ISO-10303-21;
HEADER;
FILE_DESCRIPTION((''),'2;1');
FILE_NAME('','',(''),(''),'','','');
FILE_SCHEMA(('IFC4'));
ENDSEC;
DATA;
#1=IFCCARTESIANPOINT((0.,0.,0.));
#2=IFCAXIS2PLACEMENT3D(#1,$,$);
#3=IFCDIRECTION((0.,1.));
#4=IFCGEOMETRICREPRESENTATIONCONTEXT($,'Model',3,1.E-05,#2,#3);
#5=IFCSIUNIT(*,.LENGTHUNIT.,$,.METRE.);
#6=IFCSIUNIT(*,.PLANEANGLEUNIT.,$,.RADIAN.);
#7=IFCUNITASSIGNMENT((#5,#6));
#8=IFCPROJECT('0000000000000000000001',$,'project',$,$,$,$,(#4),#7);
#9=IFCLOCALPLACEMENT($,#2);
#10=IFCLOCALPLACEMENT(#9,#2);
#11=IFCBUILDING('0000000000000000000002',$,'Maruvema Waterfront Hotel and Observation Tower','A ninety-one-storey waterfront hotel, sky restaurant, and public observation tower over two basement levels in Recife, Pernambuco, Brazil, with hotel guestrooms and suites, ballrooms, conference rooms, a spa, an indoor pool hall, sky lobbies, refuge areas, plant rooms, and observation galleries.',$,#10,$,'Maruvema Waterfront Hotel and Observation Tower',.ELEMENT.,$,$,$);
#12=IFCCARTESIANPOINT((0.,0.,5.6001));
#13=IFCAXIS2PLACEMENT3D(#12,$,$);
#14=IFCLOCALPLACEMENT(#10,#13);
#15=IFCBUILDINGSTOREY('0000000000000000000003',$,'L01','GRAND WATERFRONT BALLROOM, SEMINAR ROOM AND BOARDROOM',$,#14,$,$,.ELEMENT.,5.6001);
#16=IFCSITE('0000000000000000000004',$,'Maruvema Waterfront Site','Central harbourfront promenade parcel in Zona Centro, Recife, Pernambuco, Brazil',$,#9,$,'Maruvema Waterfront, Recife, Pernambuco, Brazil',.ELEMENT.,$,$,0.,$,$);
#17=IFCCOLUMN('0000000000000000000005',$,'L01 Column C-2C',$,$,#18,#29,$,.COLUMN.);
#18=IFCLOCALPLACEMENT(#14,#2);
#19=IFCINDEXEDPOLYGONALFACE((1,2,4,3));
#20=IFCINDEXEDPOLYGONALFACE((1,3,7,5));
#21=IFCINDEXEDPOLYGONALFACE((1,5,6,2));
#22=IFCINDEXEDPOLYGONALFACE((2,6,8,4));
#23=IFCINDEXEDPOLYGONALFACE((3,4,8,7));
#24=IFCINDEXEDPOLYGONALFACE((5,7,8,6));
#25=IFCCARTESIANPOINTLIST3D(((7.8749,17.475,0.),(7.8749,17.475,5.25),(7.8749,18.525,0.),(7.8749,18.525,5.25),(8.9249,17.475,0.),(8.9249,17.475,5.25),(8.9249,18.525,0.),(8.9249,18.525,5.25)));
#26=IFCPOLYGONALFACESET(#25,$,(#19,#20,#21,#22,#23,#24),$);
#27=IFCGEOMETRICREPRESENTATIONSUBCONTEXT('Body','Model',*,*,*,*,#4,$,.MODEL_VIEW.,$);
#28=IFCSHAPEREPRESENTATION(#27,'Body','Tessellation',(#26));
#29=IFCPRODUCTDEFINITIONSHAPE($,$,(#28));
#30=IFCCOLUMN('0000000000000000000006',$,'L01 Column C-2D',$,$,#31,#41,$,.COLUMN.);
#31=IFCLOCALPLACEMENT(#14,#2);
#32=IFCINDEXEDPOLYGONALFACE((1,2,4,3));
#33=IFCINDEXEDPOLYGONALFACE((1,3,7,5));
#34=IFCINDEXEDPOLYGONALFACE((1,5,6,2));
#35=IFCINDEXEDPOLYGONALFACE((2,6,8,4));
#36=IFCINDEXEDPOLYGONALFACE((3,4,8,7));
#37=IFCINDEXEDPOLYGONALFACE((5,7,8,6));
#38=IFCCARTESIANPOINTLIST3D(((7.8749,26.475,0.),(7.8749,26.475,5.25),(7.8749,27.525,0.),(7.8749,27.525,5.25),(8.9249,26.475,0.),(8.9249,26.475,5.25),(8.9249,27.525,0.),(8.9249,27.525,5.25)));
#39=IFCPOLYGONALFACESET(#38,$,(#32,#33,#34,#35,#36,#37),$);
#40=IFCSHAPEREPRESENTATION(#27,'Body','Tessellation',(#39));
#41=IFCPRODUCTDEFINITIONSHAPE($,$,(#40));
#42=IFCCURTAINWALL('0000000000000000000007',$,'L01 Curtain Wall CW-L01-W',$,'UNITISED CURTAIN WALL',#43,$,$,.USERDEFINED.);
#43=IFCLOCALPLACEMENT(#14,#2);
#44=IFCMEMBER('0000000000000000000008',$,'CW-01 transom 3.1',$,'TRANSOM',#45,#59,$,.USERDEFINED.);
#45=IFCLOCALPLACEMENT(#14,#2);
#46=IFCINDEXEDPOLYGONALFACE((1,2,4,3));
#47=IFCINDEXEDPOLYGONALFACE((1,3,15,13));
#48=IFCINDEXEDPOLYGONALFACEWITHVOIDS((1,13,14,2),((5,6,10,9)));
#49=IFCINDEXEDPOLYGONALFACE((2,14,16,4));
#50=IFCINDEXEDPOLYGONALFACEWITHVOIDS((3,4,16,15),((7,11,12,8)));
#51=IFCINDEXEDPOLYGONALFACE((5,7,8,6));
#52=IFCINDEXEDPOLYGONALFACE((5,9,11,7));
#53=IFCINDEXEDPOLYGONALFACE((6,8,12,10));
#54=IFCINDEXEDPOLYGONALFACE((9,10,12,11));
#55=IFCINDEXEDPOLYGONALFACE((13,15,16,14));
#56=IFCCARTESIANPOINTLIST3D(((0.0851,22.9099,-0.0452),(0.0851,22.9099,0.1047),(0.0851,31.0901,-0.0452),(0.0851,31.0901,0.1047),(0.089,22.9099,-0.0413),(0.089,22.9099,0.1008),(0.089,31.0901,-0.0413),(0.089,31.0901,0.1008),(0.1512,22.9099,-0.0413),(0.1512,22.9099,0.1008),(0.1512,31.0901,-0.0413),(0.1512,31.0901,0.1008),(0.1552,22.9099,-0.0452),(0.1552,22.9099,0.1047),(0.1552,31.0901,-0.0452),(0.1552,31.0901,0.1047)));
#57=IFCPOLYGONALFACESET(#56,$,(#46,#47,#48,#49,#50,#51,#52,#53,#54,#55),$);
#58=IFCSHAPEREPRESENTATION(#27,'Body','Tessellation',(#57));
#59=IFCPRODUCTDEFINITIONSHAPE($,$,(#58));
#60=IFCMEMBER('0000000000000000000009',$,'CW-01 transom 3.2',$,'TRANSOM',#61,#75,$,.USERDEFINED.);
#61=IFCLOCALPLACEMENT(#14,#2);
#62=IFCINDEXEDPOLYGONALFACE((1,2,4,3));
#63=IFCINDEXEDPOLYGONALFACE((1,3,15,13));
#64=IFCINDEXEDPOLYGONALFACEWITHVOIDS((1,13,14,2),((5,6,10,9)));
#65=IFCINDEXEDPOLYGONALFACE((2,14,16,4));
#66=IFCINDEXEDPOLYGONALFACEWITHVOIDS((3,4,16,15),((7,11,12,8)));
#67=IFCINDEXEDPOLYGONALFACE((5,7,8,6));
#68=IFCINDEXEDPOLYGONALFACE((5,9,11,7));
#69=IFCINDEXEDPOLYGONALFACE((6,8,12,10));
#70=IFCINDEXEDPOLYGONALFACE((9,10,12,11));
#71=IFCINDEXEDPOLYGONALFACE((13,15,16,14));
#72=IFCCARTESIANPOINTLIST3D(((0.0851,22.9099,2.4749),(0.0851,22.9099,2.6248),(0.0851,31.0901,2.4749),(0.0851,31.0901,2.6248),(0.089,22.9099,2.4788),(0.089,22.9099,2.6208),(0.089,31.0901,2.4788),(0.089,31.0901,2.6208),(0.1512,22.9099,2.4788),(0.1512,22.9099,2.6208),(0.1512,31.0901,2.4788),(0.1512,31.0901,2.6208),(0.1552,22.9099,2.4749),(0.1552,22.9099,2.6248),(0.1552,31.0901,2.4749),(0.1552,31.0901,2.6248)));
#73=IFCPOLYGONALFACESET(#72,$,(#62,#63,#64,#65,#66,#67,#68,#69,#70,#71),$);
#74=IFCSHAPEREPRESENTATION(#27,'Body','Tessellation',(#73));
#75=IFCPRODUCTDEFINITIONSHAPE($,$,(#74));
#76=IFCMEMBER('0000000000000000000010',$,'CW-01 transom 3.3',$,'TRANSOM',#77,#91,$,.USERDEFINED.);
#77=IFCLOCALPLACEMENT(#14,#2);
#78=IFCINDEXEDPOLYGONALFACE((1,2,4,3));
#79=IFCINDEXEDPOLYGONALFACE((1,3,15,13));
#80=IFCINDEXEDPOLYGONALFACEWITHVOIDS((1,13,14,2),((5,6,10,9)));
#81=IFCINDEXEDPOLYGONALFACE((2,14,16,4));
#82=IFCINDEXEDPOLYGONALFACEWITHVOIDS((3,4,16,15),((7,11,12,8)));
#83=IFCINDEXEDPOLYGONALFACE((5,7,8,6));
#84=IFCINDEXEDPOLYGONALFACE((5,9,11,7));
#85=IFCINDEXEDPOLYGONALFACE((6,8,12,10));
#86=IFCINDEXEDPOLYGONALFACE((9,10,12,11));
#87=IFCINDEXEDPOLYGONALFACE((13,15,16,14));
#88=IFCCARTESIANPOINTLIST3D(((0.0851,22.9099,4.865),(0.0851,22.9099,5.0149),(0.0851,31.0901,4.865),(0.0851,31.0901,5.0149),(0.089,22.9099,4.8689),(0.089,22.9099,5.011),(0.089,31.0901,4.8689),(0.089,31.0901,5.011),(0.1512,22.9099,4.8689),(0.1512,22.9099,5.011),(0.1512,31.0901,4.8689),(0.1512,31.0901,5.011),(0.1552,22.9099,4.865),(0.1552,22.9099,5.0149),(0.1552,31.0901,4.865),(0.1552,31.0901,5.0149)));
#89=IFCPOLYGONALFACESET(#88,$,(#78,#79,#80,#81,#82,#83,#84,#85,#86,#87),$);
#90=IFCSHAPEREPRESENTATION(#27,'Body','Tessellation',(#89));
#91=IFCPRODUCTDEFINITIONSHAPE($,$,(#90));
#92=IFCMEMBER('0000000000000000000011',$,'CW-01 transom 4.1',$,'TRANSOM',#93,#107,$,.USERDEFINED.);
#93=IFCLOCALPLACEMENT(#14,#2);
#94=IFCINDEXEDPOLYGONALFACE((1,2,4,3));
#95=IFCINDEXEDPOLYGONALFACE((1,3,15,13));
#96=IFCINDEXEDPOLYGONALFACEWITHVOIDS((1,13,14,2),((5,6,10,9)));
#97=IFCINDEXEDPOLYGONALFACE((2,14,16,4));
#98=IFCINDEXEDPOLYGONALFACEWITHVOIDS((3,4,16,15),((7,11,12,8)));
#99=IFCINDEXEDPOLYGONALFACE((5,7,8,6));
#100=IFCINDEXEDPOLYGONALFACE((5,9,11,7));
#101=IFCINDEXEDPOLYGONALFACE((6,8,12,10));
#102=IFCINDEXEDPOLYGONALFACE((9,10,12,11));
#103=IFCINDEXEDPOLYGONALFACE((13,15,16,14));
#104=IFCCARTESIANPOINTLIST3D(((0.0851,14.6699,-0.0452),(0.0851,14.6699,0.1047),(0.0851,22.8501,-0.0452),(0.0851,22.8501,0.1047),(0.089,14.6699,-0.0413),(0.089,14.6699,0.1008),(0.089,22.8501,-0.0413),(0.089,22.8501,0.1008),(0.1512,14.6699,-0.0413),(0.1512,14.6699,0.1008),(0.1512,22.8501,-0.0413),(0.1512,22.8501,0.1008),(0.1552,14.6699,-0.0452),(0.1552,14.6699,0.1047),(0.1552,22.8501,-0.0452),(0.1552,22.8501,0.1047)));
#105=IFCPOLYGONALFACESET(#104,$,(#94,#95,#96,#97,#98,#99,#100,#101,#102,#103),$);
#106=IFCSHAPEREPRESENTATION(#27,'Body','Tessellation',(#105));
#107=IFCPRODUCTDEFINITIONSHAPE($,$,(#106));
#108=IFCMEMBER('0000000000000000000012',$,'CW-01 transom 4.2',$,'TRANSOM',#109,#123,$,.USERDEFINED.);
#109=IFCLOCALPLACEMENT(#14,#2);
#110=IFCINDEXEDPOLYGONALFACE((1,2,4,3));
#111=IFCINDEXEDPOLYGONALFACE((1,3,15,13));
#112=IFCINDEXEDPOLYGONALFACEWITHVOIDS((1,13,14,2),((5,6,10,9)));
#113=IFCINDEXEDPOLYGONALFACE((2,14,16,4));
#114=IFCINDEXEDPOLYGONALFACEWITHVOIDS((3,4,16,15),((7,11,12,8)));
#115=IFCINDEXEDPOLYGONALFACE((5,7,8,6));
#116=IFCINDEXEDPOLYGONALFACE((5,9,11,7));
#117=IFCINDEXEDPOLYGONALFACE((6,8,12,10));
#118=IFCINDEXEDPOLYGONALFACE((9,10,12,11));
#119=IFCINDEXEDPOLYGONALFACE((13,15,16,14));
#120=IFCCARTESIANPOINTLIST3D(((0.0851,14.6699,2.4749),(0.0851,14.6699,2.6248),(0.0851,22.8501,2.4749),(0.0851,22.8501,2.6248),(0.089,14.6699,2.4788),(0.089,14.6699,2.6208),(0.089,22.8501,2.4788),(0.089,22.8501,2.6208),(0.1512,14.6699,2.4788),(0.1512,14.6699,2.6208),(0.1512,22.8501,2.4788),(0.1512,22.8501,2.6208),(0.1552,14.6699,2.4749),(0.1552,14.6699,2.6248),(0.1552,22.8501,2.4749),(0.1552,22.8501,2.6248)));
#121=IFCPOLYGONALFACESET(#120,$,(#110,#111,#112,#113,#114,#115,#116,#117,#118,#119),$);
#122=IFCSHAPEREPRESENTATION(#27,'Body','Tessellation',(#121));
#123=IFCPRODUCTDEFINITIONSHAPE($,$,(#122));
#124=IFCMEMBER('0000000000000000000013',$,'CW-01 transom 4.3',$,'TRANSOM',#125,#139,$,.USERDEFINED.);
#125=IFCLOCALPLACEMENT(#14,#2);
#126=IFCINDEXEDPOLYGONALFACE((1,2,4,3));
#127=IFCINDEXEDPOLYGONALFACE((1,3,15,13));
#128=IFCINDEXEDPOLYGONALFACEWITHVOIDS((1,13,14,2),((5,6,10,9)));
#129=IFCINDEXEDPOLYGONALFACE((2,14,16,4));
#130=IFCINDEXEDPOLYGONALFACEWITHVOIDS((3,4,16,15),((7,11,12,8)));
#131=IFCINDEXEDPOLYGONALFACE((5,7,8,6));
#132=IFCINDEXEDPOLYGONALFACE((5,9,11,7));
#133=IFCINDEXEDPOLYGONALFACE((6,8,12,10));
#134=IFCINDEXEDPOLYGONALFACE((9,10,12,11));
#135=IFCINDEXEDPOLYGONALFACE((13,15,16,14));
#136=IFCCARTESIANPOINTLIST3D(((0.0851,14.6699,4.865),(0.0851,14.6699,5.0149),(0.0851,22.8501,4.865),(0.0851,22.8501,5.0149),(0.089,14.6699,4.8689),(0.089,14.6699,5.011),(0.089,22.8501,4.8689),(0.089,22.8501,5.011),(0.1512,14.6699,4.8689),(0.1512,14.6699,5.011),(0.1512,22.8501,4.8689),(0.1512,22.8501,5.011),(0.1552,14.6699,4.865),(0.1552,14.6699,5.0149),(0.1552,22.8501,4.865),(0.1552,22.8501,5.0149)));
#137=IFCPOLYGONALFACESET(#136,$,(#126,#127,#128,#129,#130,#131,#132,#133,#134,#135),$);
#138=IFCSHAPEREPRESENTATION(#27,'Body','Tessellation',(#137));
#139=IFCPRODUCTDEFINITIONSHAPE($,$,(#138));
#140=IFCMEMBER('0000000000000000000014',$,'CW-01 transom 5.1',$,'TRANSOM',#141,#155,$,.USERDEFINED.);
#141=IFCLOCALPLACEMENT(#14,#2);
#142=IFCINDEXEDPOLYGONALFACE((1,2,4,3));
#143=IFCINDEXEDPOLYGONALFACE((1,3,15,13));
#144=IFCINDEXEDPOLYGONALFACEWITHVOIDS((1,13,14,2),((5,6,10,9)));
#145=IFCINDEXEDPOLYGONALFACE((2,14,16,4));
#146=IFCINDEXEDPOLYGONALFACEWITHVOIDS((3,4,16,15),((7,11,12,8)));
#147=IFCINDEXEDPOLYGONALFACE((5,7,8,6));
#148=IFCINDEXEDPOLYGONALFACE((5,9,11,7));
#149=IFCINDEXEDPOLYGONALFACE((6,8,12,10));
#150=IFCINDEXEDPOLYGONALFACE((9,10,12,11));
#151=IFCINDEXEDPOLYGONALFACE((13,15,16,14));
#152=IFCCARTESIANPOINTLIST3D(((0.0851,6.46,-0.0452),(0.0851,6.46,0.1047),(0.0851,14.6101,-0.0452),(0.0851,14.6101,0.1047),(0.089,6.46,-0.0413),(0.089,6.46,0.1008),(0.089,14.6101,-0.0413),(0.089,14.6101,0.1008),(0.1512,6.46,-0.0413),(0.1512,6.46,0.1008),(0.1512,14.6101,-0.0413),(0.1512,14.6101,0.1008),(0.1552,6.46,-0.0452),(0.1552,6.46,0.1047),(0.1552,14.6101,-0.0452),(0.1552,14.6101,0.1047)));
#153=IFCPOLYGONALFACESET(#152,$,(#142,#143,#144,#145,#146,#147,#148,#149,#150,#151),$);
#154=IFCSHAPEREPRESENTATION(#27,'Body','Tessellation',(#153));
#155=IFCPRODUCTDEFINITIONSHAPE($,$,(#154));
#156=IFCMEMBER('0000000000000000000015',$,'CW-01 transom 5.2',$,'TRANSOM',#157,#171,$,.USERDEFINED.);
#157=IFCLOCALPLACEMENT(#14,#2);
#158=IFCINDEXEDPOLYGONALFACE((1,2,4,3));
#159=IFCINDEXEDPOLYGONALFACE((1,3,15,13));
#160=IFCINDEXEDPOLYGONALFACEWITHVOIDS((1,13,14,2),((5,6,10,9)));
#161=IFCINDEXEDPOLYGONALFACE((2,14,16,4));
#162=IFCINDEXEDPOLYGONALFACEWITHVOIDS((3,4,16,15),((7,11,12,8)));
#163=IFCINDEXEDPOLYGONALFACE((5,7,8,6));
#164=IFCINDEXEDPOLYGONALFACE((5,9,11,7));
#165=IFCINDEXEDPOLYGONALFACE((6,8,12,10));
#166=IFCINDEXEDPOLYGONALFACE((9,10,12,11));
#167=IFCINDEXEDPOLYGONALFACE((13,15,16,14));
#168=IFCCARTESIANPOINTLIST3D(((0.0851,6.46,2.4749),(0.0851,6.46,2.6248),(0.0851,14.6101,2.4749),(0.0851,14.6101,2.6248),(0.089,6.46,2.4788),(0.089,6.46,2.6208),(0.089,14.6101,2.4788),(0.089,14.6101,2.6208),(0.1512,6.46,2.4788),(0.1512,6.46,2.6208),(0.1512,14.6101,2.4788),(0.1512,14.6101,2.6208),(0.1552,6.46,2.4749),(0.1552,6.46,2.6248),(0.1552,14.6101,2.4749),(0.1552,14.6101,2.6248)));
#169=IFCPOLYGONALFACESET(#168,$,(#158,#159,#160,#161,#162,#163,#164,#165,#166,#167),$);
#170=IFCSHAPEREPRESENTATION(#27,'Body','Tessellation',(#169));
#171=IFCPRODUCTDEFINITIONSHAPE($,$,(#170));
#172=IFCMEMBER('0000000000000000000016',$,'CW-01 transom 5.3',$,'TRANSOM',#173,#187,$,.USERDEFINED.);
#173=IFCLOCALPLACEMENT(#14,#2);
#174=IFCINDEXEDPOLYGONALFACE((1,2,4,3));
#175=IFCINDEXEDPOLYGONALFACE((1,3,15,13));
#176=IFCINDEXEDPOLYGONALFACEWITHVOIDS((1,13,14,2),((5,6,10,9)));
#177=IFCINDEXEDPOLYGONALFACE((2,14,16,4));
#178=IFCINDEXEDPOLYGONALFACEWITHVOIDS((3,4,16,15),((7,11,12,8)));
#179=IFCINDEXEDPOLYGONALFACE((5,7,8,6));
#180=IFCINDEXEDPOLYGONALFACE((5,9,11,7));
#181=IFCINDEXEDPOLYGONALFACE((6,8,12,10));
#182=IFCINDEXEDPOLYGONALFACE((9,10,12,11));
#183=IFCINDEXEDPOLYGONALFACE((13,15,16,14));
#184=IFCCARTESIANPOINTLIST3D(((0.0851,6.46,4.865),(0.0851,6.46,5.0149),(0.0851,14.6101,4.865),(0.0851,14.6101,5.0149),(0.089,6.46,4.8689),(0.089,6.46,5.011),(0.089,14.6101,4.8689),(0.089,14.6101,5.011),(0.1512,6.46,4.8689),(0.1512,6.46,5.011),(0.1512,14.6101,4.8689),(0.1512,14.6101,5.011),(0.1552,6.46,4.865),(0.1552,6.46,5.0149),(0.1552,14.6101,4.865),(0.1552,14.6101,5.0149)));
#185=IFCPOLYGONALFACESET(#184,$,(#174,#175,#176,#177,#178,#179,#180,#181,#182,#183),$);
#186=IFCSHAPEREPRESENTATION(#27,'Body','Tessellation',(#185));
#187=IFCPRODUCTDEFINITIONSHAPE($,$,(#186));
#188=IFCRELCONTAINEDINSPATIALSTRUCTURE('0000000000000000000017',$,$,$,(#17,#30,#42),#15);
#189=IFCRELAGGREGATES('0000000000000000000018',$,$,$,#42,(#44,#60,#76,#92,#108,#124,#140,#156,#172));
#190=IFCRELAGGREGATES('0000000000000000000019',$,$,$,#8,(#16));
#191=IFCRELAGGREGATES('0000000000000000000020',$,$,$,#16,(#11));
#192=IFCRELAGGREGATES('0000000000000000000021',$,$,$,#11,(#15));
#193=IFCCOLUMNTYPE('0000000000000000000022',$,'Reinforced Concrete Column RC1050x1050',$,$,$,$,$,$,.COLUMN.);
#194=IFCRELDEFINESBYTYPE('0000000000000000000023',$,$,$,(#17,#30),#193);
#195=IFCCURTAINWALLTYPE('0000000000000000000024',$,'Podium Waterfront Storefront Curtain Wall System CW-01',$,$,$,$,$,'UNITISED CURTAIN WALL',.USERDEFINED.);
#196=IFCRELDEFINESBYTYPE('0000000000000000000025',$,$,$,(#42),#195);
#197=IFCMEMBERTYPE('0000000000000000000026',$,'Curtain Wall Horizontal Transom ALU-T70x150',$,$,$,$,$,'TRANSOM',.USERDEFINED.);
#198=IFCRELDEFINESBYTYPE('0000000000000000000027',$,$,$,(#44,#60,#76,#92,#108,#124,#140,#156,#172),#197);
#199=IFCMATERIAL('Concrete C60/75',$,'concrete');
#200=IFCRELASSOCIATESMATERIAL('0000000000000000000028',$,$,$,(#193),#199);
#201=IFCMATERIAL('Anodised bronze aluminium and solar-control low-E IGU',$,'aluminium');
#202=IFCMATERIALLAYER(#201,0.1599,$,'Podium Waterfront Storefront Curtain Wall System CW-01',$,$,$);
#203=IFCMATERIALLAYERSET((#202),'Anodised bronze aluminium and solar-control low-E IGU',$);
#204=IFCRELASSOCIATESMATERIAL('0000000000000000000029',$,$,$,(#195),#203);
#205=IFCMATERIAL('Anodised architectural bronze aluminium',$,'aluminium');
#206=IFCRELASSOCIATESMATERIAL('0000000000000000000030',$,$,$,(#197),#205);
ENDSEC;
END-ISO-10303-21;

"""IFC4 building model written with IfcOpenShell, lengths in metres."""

from ifc_helpers import new_model, si_unit, direction, frame, origin, origin_2d, place, context, subcontext, project, spatial, rectangle, hollow_rectangle, extrude, material, layer, layer_set, material_profile, profile_set, type_object, element, aggregate, save


model = new_model("IFC4")

# Units and contexts
model_context = context("Model", 3, precision=1e-05, world=origin(), true_north=direction((0.0, 1.0)))
body_context = subcontext(model_context, "Body", "Model", "MODEL_VIEW")
ifc_project = project(units=[si_unit("LENGTHUNIT", "METRE"), si_unit("PLANEANGLEUNIT", "RADIAN")], contexts=[model_context])

# Site, building, storey
site_placement = place(None, origin())
site = spatial("IfcSite", under=ifc_project, at=site_placement, Name="Maruvema Waterfront Site", Description="Central harbourfront promenade parcel in Zona Centro, Recife, Pernambuco, Brazil", LongName="Maruvema Waterfront, Recife, Pernambuco, Brazil", CompositionType="ELEMENT", RefElevation=0.0)
building_placement = place(site_placement, origin())
building = spatial("IfcBuilding", under=site, at=building_placement, Name="Maruvema Waterfront Hotel and Observation Tower", Description="A ninety-one-storey waterfront hotel, sky restaurant, and public observation tower over two basement levels in Recife, Pernambuco, Brazil, with hotel guestrooms and suites, ballrooms, conference rooms, a spa, an indoor pool hall, sky lobbies, refuge areas, plant rooms, and observation galleries.", LongName="Maruvema Waterfront Hotel and Observation Tower", CompositionType="ELEMENT")
storey_placement = place(building_placement, frame((0.0, 0.0, 5.6001)))
storey = spatial("IfcBuildingStorey", under=building, at=storey_placement, Name="L01", Description="GRAND WATERFRONT BALLROOM, SEMINAR ROOM AND BOARDROOM", CompositionType="ELEMENT", Elevation=5.6001)

# Columns
ifc_material_1 = material(Name="Concrete C60/75", Category="concrete")
ifc_material_profile_1 = material_profile(ifc_material_1, rectangle(XDim=1.05, YDim=1.05, at=origin_2d()), Name="RC1050x1050")
ifc_profile_set_1 = profile_set([ifc_material_profile_1], Name="Concrete C60/75")
column_type = type_object("IfcColumnType", Name="Reinforced Concrete Column RC1050x1050", PredefinedType="COLUMN", material=ifc_profile_set_1)
for number, where, z_axis, x_axis, name in (
    (1, (8.3999, 18.0, 0.0), (0.0, 0.0, 1.0), (1.0, 0.0, 0.0), "L01 Column C-2C"),
    (2, (8.3999, 27.0, 0.0), (0.0, 0.0, 1.0), (1.0, 0.0, 0.0), "L01 Column C-2D"),
):
    element("IfcColumn", number, at=place(storey_placement, frame(where, z_axis=z_axis, x_axis=x_axis)), inside=storey, type_object=column_type, Name=name, PredefinedType="COLUMN", context=body_context, shape_type="SweptSolid", body=[
        extrude(rectangle(XDim=1.05, YDim=1.05, at=origin_2d()), origin(), (0.0, 0.0, 1.0), 5.25),
    ])

# Curtain wall, members
ifc_material_2 = material(Name="Anodised bronze aluminium and solar-control low-E IGU", Category="aluminium")
ifc_layer_1 = layer(ifc_material_2, 0.1599, Name="Podium Waterfront Storefront Curtain Wall System CW-01")
ifc_layer_set_1 = layer_set([ifc_layer_1], Name="Anodised bronze aluminium and solar-control low-E IGU")
curtain_wall_type = type_object("IfcCurtainWallType", Name="Podium Waterfront Storefront Curtain Wall System CW-01", ElementType="UNITISED CURTAIN WALL", PredefinedType="USERDEFINED", material=ifc_layer_set_1)
curtain_wall_placement = place(storey_placement, origin())
curtain_wall = element("IfcCurtainWall", 3, at=curtain_wall_placement, inside=storey, type_object=curtain_wall_type, Name="L01 Curtain Wall CW-L01-W", ObjectType="UNITISED CURTAIN WALL", PredefinedType="USERDEFINED")
ifc_material_3 = material(Name="Anodised architectural bronze aluminium", Category="aluminium")
ifc_material_profile_2 = material_profile(ifc_material_3, hollow_rectangle(XDim=0.0701, YDim=0.1499, WallThickness=0.0039, at=origin_2d()), Name="ALU-T70x150")
ifc_profile_set_2 = profile_set([ifc_material_profile_2], Name="Anodised architectural bronze aluminium")
member_type_1 = type_object("IfcMemberType", Name="Curtain Wall Horizontal Transom ALU-T70x150", ElementType="TRANSOM", PredefinedType="USERDEFINED", material=ifc_profile_set_2)
member_1_placement = place(storey_placement, frame((0.1201, 31.0901, 0.0298), z_axis=(0.0, -1.0, 0.0), x_axis=(1.0, 0.0, 0.0)))
member_1 = element("IfcMember", 4, at=member_1_placement, type_object=member_type_1, Name="CW-01 transom 3.1", ObjectType="TRANSOM", PredefinedType="USERDEFINED", context=body_context, shape_type="SweptSolid", body=[
    extrude(hollow_rectangle(XDim=0.0701, YDim=0.1499, WallThickness=0.0039, at=origin_2d()), origin(), (0.0, 0.0, 1.0), 8.1802),
])
member_2_placement = place(storey_placement, frame((0.1201, 31.0901, 2.5498), z_axis=(0.0, -1.0, 0.0), x_axis=(1.0, 0.0, 0.0)))
member_2 = element("IfcMember", 5, at=member_2_placement, type_object=member_type_1, Name="CW-01 transom 3.2", ObjectType="TRANSOM", PredefinedType="USERDEFINED", context=body_context, shape_type="SweptSolid", body=[
    extrude(hollow_rectangle(XDim=0.0701, YDim=0.1499, WallThickness=0.0039, at=origin_2d()), origin(), (0.0, 0.0, 1.0), 8.1802),
])
member_3_placement = place(storey_placement, frame((0.1201, 31.0901, 4.9399), z_axis=(0.0, -1.0, 0.0), x_axis=(1.0, 0.0, 0.0)))
member_3 = element("IfcMember", 6, at=member_3_placement, type_object=member_type_1, Name="CW-01 transom 3.3", ObjectType="TRANSOM", PredefinedType="USERDEFINED", context=body_context, shape_type="SweptSolid", body=[
    extrude(hollow_rectangle(XDim=0.0701, YDim=0.1499, WallThickness=0.0039, at=origin_2d()), origin(), (0.0, 0.0, 1.0), 8.1802),
])
member_4_placement = place(storey_placement, frame((0.1201, 22.8501, 0.0298), z_axis=(0.0, -1.0, 0.0), x_axis=(1.0, 0.0, 0.0)))
member_4 = element("IfcMember", 7, at=member_4_placement, type_object=member_type_1, Name="CW-01 transom 4.1", ObjectType="TRANSOM", PredefinedType="USERDEFINED", context=body_context, shape_type="SweptSolid", body=[
    extrude(hollow_rectangle(XDim=0.0701, YDim=0.1499, WallThickness=0.0039, at=origin_2d()), origin(), (0.0, 0.0, 1.0), 8.1802),
])
member_5_placement = place(storey_placement, frame((0.1201, 22.8501, 2.5498), z_axis=(0.0, -1.0, 0.0), x_axis=(1.0, 0.0, 0.0)))
member_5 = element("IfcMember", 8, at=member_5_placement, type_object=member_type_1, Name="CW-01 transom 4.2", ObjectType="TRANSOM", PredefinedType="USERDEFINED", context=body_context, shape_type="SweptSolid", body=[
    extrude(hollow_rectangle(XDim=0.0701, YDim=0.1499, WallThickness=0.0039, at=origin_2d()), origin(), (0.0, 0.0, 1.0), 8.1802),
])
member_6_placement = place(storey_placement, frame((0.1201, 22.8501, 4.9399), z_axis=(0.0, -1.0, 0.0), x_axis=(1.0, 0.0, 0.0)))
member_6 = element("IfcMember", 9, at=member_6_placement, type_object=member_type_1, Name="CW-01 transom 4.3", ObjectType="TRANSOM", PredefinedType="USERDEFINED", context=body_context, shape_type="SweptSolid", body=[
    extrude(hollow_rectangle(XDim=0.0701, YDim=0.1499, WallThickness=0.0039, at=origin_2d()), origin(), (0.0, 0.0, 1.0), 8.1802),
])
member_7_placement = place(storey_placement, frame((0.1201, 14.6101, 0.0298), z_axis=(0.0, -1.0, 0.0), x_axis=(1.0, 0.0, 0.0)))
member_7 = element("IfcMember", 10, at=member_7_placement, type_object=member_type_1, Name="CW-01 transom 5.1", ObjectType="TRANSOM", PredefinedType="USERDEFINED", context=body_context, shape_type="SweptSolid", body=[
    extrude(hollow_rectangle(XDim=0.0701, YDim=0.1499, WallThickness=0.0039, at=origin_2d()), origin(), (0.0, 0.0, 1.0), 8.1501),
])
member_8_placement = place(storey_placement, frame((0.1201, 14.6101, 2.5498), z_axis=(0.0, -1.0, 0.0), x_axis=(1.0, 0.0, 0.0)))
member_8 = element("IfcMember", 11, at=member_8_placement, type_object=member_type_1, Name="CW-01 transom 5.2", ObjectType="TRANSOM", PredefinedType="USERDEFINED", context=body_context, shape_type="SweptSolid", body=[
    extrude(hollow_rectangle(XDim=0.0701, YDim=0.1499, WallThickness=0.0039, at=origin_2d()), origin(), (0.0, 0.0, 1.0), 8.1501),
])
member_9_placement = place(storey_placement, frame((0.1201, 14.6101, 4.9399), z_axis=(0.0, -1.0, 0.0), x_axis=(1.0, 0.0, 0.0)))
member_9 = element("IfcMember", 12, at=member_9_placement, type_object=member_type_1, Name="CW-01 transom 5.3", ObjectType="TRANSOM", PredefinedType="USERDEFINED", context=body_context, shape_type="SweptSolid", body=[
    extrude(hollow_rectangle(XDim=0.0701, YDim=0.1499, WallThickness=0.0039, at=origin_2d()), origin(), (0.0, 0.0, 1.0), 8.1501),
])

aggregate(curtain_wall, [member_1, member_2, member_3, member_4, member_5, member_6, member_7, member_8, member_9])

save(model, "model.ifc")
